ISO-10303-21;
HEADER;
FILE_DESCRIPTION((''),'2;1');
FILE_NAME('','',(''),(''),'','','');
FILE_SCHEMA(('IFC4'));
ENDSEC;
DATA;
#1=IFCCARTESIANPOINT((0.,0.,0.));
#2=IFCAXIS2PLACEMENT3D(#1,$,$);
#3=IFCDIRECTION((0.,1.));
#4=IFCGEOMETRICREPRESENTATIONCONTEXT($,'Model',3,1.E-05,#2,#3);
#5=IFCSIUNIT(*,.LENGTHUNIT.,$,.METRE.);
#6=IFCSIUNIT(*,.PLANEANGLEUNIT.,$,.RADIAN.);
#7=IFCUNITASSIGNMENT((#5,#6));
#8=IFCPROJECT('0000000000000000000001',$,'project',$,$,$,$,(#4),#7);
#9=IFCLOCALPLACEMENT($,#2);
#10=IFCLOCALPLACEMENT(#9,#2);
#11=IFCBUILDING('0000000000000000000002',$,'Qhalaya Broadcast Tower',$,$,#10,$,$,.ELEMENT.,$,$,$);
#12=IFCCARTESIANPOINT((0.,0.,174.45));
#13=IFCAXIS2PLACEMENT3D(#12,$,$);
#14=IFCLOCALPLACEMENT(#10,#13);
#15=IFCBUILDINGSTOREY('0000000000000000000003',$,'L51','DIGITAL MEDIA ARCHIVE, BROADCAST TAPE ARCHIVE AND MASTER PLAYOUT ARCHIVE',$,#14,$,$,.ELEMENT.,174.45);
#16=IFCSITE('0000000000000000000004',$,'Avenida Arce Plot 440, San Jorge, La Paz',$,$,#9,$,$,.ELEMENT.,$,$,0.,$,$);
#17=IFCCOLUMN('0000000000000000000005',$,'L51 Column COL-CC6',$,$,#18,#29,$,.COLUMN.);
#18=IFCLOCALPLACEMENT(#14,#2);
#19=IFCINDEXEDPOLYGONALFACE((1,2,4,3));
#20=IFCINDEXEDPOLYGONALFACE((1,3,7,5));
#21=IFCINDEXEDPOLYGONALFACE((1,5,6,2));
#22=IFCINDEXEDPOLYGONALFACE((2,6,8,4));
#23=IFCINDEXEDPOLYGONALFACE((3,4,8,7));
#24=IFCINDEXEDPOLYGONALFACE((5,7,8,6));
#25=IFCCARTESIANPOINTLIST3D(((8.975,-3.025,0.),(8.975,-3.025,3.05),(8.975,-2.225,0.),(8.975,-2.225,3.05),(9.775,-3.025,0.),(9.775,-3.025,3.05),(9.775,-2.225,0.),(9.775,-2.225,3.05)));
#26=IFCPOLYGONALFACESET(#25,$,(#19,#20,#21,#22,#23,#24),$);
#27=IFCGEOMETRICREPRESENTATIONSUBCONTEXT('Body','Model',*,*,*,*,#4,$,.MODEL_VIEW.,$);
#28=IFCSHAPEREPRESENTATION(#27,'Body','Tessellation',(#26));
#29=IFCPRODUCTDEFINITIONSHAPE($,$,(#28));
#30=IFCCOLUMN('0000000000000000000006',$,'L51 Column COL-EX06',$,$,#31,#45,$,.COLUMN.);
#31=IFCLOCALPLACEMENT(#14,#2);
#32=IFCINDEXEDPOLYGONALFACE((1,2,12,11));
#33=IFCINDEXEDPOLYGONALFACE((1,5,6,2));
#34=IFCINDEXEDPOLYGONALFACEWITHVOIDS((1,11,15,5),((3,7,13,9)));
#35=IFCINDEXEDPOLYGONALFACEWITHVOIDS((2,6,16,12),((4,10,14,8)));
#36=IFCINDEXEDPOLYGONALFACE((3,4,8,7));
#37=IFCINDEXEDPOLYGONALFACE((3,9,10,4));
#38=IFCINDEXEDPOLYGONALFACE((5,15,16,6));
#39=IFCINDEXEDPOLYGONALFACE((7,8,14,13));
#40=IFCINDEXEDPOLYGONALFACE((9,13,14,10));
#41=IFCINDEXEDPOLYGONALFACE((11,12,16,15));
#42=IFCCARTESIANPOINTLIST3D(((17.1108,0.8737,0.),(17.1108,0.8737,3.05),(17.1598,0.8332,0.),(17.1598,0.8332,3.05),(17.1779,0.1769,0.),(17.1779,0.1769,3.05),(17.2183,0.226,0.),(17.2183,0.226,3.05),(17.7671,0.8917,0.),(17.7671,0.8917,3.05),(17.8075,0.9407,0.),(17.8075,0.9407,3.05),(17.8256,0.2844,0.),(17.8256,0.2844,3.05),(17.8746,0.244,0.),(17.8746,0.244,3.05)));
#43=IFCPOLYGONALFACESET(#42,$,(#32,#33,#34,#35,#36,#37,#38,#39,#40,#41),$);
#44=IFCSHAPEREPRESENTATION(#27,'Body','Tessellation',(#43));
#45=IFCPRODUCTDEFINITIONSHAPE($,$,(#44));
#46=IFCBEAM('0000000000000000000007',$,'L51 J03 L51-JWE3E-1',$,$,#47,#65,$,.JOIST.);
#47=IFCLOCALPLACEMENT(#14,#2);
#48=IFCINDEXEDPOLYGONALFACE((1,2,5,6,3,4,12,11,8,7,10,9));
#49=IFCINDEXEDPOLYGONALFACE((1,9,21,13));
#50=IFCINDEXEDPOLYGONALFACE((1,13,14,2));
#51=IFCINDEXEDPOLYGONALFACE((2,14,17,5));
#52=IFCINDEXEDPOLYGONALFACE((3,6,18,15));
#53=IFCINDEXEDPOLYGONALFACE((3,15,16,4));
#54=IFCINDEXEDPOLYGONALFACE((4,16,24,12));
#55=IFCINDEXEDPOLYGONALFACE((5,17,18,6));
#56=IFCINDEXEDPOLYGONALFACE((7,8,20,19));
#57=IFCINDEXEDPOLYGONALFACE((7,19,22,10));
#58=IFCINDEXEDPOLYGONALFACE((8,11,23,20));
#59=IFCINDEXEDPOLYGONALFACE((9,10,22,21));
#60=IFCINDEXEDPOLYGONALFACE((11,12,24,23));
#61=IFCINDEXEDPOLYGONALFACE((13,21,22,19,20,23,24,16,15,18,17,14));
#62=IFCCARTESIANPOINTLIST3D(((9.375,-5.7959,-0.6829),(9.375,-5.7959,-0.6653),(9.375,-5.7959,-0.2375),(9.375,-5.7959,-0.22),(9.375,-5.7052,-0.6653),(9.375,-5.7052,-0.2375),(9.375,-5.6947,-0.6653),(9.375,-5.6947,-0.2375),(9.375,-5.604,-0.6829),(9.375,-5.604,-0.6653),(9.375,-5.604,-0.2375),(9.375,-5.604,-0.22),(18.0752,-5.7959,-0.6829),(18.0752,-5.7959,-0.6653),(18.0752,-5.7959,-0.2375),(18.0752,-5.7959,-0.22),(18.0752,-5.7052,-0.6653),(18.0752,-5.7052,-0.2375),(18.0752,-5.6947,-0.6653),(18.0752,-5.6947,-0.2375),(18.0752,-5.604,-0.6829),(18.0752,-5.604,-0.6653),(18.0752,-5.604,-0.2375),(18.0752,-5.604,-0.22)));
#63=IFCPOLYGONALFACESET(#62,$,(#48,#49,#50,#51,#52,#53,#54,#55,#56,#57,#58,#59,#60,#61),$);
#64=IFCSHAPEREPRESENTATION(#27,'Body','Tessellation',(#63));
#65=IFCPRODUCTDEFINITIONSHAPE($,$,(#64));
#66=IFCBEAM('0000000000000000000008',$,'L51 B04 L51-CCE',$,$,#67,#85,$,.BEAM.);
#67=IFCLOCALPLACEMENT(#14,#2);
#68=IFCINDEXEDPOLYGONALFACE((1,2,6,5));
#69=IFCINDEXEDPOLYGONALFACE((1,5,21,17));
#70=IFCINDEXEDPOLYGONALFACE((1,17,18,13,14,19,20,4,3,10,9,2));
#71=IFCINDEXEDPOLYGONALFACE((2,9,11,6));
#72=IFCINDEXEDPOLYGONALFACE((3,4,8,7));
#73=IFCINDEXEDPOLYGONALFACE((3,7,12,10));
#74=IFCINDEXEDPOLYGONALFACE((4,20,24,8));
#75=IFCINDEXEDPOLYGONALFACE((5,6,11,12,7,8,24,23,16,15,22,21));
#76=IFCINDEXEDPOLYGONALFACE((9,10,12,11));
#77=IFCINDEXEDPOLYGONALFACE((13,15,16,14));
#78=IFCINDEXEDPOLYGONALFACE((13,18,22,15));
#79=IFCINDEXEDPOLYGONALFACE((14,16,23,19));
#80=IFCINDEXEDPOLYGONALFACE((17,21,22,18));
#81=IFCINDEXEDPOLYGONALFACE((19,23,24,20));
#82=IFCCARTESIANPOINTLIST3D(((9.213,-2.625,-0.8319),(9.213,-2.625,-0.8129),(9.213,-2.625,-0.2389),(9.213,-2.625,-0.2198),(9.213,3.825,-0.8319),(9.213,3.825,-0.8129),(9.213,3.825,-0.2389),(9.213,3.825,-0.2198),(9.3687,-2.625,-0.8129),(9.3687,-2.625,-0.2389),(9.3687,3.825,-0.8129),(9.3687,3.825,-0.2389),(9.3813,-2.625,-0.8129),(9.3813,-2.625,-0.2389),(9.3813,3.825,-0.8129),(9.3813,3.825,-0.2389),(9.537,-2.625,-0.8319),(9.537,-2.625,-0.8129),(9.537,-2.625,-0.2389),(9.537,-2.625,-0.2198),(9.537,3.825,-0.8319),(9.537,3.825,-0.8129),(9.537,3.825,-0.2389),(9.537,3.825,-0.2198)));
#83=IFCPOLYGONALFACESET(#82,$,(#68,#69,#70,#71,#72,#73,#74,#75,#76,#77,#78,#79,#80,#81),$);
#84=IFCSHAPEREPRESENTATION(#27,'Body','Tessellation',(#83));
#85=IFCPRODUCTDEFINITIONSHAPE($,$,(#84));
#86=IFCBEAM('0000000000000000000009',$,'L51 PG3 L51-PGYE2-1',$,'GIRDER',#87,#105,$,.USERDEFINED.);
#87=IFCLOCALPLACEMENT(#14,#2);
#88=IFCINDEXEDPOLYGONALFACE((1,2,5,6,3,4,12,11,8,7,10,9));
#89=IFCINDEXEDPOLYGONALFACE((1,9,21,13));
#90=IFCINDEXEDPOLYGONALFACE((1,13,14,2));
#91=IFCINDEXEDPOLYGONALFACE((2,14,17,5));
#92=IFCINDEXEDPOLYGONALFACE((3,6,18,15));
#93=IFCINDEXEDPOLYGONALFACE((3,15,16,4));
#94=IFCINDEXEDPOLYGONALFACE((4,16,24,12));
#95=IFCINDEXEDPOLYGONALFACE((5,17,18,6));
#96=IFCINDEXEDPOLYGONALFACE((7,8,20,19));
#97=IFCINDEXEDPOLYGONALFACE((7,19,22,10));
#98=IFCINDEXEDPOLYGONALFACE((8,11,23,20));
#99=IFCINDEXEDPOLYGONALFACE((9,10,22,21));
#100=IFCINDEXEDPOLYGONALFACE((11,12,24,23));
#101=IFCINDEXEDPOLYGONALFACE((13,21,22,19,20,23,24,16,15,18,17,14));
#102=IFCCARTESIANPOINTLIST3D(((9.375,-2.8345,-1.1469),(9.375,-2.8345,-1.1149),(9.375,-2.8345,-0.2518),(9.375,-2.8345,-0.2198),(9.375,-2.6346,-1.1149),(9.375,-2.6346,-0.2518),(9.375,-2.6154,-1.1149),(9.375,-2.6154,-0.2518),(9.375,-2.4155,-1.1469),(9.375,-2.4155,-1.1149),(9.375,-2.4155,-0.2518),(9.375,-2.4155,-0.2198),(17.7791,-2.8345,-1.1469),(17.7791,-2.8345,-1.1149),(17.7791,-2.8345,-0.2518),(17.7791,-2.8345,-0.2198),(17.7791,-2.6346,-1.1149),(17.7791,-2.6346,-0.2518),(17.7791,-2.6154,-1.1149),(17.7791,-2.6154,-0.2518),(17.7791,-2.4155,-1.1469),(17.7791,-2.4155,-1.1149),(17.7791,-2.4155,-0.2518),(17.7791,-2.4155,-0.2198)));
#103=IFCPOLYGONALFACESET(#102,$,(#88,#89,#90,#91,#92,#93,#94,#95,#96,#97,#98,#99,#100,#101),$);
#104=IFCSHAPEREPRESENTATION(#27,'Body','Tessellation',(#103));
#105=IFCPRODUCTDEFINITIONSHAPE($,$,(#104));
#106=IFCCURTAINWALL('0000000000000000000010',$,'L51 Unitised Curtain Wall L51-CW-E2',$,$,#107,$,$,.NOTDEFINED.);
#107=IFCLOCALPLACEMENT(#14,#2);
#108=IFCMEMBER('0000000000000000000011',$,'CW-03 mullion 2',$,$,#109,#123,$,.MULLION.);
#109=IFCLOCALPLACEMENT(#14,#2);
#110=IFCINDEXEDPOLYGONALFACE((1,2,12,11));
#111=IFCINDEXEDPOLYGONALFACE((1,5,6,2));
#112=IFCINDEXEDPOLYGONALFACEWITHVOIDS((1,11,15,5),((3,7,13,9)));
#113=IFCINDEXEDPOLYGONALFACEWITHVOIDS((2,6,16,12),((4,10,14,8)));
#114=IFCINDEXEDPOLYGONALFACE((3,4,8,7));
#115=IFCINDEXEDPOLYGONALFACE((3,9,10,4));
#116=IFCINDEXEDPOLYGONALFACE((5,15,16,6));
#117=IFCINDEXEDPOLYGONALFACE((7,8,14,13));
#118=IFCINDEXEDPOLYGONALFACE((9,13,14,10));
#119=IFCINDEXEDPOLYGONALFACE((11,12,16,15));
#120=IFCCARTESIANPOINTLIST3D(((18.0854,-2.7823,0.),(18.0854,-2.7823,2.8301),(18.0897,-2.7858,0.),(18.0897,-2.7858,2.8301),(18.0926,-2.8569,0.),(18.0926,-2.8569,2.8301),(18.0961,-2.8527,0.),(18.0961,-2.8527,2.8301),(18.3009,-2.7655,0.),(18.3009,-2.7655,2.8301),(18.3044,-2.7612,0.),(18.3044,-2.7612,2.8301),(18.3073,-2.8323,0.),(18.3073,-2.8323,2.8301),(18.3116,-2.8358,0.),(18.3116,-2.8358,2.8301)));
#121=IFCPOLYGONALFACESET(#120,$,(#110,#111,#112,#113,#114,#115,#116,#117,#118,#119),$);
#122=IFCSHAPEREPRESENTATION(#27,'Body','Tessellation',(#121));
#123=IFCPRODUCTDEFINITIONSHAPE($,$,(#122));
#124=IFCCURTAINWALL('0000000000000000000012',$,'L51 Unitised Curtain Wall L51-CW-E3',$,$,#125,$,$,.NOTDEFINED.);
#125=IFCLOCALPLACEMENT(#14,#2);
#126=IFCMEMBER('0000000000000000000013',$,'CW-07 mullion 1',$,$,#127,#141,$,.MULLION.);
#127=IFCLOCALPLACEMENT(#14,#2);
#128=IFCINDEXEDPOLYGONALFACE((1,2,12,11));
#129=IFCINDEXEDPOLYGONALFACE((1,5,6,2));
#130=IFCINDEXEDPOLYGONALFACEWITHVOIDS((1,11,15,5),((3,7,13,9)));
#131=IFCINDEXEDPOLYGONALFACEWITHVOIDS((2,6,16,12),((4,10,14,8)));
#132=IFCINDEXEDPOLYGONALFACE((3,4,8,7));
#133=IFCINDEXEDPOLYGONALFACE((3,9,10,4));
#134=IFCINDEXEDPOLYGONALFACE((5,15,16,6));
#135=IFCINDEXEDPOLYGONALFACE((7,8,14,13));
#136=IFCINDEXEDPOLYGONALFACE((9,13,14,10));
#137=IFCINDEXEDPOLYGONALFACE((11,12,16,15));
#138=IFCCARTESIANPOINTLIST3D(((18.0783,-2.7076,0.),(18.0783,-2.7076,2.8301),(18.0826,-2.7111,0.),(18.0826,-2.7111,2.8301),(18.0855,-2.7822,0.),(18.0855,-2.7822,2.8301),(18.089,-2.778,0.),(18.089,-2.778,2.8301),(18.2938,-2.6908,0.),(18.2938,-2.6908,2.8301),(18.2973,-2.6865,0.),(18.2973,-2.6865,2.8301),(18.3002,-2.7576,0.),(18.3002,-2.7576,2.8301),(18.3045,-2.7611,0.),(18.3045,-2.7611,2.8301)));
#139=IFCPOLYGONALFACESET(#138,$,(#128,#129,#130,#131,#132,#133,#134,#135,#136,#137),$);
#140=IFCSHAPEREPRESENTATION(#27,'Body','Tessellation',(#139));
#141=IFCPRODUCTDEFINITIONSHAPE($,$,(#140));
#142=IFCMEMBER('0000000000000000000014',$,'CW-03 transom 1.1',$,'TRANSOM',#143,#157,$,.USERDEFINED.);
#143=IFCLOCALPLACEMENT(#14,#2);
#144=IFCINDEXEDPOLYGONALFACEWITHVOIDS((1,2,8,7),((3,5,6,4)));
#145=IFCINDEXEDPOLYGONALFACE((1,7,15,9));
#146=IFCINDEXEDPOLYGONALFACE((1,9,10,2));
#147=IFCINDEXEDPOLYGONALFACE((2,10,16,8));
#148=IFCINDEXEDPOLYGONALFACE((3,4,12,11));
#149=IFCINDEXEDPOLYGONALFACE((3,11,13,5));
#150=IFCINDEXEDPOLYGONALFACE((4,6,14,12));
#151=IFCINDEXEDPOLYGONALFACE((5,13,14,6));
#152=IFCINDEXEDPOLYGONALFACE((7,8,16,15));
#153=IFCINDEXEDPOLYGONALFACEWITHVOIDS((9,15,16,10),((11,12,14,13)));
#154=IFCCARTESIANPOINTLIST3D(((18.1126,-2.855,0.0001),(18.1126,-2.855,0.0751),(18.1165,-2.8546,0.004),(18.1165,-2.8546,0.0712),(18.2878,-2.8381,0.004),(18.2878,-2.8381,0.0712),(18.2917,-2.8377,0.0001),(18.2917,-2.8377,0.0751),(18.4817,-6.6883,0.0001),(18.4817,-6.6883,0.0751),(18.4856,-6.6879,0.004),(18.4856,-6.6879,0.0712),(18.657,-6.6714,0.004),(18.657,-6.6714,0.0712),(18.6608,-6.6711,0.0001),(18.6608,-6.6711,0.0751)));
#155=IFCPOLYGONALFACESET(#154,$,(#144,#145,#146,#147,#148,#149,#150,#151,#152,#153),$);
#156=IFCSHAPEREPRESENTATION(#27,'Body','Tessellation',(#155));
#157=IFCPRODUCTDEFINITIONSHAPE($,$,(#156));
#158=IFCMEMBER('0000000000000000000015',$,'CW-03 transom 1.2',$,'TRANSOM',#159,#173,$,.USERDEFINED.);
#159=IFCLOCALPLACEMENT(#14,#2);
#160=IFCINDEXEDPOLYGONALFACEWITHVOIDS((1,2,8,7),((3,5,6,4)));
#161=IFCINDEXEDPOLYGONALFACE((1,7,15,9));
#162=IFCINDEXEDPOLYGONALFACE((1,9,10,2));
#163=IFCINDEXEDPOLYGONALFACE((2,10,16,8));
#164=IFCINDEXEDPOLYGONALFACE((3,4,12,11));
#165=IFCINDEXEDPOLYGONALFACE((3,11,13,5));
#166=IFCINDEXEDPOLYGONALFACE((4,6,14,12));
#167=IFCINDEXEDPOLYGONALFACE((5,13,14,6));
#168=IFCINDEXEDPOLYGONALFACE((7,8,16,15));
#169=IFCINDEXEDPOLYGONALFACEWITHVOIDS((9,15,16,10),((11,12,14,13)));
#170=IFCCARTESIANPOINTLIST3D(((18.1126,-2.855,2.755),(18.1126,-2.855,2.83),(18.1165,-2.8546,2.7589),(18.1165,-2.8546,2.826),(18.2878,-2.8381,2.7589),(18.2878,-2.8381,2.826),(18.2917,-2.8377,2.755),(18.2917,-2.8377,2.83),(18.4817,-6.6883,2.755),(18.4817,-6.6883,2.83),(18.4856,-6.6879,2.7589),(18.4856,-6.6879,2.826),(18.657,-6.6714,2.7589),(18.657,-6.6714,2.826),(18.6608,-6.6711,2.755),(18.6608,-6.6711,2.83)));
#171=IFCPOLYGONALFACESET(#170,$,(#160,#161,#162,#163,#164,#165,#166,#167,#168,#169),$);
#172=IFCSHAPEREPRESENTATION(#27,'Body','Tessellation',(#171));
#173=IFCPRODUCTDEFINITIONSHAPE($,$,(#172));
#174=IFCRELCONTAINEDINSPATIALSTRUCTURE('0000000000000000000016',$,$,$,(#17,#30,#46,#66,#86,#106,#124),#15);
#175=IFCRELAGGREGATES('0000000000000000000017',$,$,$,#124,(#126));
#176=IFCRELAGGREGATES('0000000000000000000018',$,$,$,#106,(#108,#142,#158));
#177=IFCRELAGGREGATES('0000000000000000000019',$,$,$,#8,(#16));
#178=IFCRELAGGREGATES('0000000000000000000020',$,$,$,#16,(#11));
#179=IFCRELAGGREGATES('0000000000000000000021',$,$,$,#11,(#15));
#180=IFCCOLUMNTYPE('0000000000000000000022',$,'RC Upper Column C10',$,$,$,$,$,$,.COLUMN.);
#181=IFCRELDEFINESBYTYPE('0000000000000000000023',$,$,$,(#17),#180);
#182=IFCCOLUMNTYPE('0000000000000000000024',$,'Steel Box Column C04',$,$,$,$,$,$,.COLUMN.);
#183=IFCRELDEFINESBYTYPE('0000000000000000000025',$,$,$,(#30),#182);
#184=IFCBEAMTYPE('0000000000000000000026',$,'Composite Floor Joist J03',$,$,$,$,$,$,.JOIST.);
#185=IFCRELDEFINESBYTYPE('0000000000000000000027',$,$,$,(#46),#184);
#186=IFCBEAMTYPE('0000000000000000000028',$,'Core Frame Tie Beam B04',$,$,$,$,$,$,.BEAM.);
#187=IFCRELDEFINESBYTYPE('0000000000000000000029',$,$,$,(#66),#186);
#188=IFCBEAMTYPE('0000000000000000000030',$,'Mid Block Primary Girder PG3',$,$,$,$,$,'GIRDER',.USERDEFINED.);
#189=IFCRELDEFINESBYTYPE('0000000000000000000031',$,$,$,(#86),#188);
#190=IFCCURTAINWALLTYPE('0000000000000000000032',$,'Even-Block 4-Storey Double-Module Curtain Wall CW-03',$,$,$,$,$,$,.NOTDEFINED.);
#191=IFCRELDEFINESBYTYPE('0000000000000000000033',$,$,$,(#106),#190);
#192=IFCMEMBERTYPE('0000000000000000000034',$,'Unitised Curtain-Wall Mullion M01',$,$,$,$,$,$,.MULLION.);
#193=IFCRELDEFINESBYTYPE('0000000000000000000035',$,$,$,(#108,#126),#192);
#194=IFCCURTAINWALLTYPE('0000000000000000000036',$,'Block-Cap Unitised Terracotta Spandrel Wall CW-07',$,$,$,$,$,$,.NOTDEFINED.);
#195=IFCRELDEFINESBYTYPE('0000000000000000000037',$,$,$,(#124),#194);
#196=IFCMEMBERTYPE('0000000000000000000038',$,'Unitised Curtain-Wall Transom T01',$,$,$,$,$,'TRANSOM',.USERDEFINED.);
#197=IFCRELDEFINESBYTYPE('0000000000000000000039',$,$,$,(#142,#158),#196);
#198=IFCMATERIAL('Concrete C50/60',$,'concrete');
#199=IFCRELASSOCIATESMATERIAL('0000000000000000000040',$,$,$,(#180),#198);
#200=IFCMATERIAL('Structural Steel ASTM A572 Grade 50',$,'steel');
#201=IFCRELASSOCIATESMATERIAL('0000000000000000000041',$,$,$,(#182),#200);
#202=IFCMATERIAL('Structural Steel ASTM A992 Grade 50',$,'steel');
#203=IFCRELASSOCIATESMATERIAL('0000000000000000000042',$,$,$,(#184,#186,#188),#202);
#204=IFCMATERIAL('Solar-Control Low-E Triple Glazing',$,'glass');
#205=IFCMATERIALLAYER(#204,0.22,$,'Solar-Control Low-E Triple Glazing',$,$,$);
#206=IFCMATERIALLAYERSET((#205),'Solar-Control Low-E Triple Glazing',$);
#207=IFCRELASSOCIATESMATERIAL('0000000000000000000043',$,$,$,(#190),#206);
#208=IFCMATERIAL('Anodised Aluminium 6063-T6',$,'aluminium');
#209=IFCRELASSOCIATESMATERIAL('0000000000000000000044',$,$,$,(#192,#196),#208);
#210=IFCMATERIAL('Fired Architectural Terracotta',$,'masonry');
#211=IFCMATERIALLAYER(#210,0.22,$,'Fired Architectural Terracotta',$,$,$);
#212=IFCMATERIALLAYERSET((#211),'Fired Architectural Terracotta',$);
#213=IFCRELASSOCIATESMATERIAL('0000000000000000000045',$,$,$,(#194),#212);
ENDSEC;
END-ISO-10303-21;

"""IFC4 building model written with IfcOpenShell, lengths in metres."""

from ifc_helpers import new_model, si_unit, direction, frame, origin, origin_2d, place, context, subcontext, project, spatial, rectangle, hollow_rectangle, i_section, extrude, material, layer, layer_set, material_profile, profile_set, type_object, element, aggregate, save


model = new_model("IFC4")

# Units and contexts
model_context = context("Model", 3, precision=1e-05, world=origin(), true_north=direction((0.0, 1.0)))
body_context = subcontext(model_context, "Body", "Model", "MODEL_VIEW")
ifc_project = project(units=[si_unit("LENGTHUNIT", "METRE"), si_unit("PLANEANGLEUNIT", "RADIAN")], contexts=[model_context])

# Site, building, storey
site_placement = place(None, origin())
site = spatial("IfcSite", under=ifc_project, at=site_placement, Name="Avenida Arce Plot 440, San Jorge, La Paz", CompositionType="ELEMENT", RefElevation=0.0)
building_placement = place(site_placement, origin())
building = spatial("IfcBuilding", under=site, at=building_placement, Name="Qhalaya Broadcast Tower", CompositionType="ELEMENT")
storey_placement = place(building_placement, frame((0.0, 0.0, 174.45)))
storey = spatial("IfcBuildingStorey", under=building, at=storey_placement, Name="L51", Description="DIGITAL MEDIA ARCHIVE, BROADCAST TAPE ARCHIVE AND MASTER PLAYOUT ARCHIVE", CompositionType="ELEMENT", Elevation=174.45)

# Columns
ifc_material_1 = material(Name="Concrete C50/60", Category="concrete")
ifc_material_profile_1 = material_profile(ifc_material_1, rectangle(XDim=0.8, YDim=0.8, at=origin_2d()), Name="RC-COL 800x800")
ifc_profile_set_1 = profile_set([ifc_material_profile_1], Name="Concrete C50/60")
column_type_1 = type_object("IfcColumnType", Name="RC Upper Column C10", PredefinedType="COLUMN", material=ifc_profile_set_1)
column_1_placement = place(storey_placement, frame((9.375, -2.625, 0.0), z_axis=(0.0, 0.0, 1.0), x_axis=(1.0, 0.0, 0.0)))
element("IfcColumn", 1, at=column_1_placement, inside=storey, type_object=column_type_1, Name="L51 Column COL-CC6", PredefinedType="COLUMN", context=body_context, shape_type="SweptSolid", body=[
    extrude(rectangle(XDim=0.8, YDim=0.8, at=origin_2d()), origin(), (0.0, 0.0, 1.0), 3.05),
])
ifc_material_2 = material(Name="Structural Steel ASTM A572 Grade 50", Category="steel")
ifc_material_profile_2 = material_profile(ifc_material_2, hollow_rectangle(XDim=0.7, YDim=0.7, WallThickness=0.0449, at=origin_2d()), Name="BOX 700x700x45")
ifc_profile_set_2 = profile_set([ifc_material_profile_2], Name="Structural Steel ASTM A572 Grade 50")
column_type_2 = type_object("IfcColumnType", Name="Steel Box Column C04", PredefinedType="COLUMN", material=ifc_profile_set_2)
column_2_placement = place(storey_placement, frame((17.4927, 0.5588, 0.0), z_axis=(0.0, 0.0, 1.0), x_axis=(-0.095846, 0.995396, 0.0)))
element("IfcColumn", 2, at=column_2_placement, inside=storey, type_object=column_type_2, Name="L51 Column COL-EX06", PredefinedType="COLUMN", context=body_context, shape_type="SweptSolid", body=[
    extrude(hollow_rectangle(XDim=0.7, YDim=0.7, WallThickness=0.0449, at=origin_2d()), origin(), (0.0, 0.0, 1.0), 3.05),
])

# Beams
ifc_material_3 = material(Name="Structural Steel ASTM A992 Grade 50", Category="steel")
ifc_material_profile_3 = material_profile(ifc_material_3, i_section(OverallWidth=0.1919, OverallDepth=0.4629, WebThickness=0.0105, FlangeThickness=0.0176, at=origin_2d()), Name="W18X60")
ifc_profile_set_3 = profile_set([ifc_material_profile_3], Name="Structural Steel ASTM A992 Grade 50")
beam_type_1 = type_object("IfcBeamType", Name="Composite Floor Joist J03", PredefinedType="JOIST", material=ifc_profile_set_3)
beam_1_placement = place(storey_placement, frame((9.375, -5.7, -0.4514), z_axis=(1.0, 0.0, 0.0), x_axis=(0.0, 1.0, 0.0)))
element("IfcBeam", 3, at=beam_1_placement, inside=storey, type_object=beam_type_1, Name="L51 J03 L51-JWE3E-1", PredefinedType="JOIST", context=body_context, shape_type="SweptSolid", body=[
    extrude(i_section(OverallWidth=0.1919, OverallDepth=0.4629, WebThickness=0.0105, FlangeThickness=0.0176, at=origin_2d()), origin(), (0.0, 0.0, 1.0), 8.7002),
])
ifc_material_profile_4 = material_profile(ifc_material_3, i_section(OverallWidth=0.324, OverallDepth=0.6121, WebThickness=0.0127, FlangeThickness=0.019, at=origin_2d()), Name="W24X104")
ifc_profile_set_4 = profile_set([ifc_material_profile_4], Name="Structural Steel ASTM A992 Grade 50")
beam_type_2 = type_object("IfcBeamType", Name="Core Frame Tie Beam B04", PredefinedType="BEAM", material=ifc_profile_set_4)
beam_2_placement = place(storey_placement, frame((9.375, -2.625, -0.5259), z_axis=(0.0, 1.0, 0.0), x_axis=(-1.0, 0.0, 0.0)))
element("IfcBeam", 4, at=beam_2_placement, inside=storey, type_object=beam_type_2, Name="L51 B04 L51-CCE", PredefinedType="BEAM", context=body_context, shape_type="SweptSolid", body=[
    extrude(i_section(OverallWidth=0.324, OverallDepth=0.6121, WebThickness=0.0127, FlangeThickness=0.019, at=origin_2d()), origin(), (0.0, 0.0, 1.0), 6.45),
])
ifc_material_profile_5 = material_profile(ifc_material_3, i_section(OverallWidth=0.4189, OverallDepth=0.927, WebThickness=0.0193, FlangeThickness=0.032, at=origin_2d()), Name="W36X231")
ifc_profile_set_5 = profile_set([ifc_material_profile_5], Name="Structural Steel ASTM A992 Grade 50")
beam_type_3 = type_object("IfcBeamType", Name="Mid Block Primary Girder PG3", ElementType="GIRDER", PredefinedType="USERDEFINED", material=ifc_profile_set_5)
beam_3_placement = place(storey_placement, frame((9.375, -2.625, -0.6833), z_axis=(1.0, 0.0, 0.0), x_axis=(0.0, 1.0, 0.0)))
element("IfcBeam", 5, at=beam_3_placement, inside=storey, type_object=beam_type_3, Name="L51 PG3 L51-PGYE2-1", ObjectType="GIRDER", PredefinedType="USERDEFINED", context=body_context, shape_type="SweptSolid", body=[
    extrude(i_section(OverallWidth=0.4189, OverallDepth=0.927, WebThickness=0.0193, FlangeThickness=0.032, at=origin_2d()), origin(), (0.0, 0.0, 1.0), 8.4041),
])

# Curtain walls, members
ifc_material_4 = material(Name="Solar-Control Low-E Triple Glazing", Category="glass")
ifc_layer_1 = layer(ifc_material_4, 0.22, Name="Solar-Control Low-E Triple Glazing")
ifc_layer_set_1 = layer_set([ifc_layer_1], Name="Solar-Control Low-E Triple Glazing")
curtain_wall_type_1 = type_object("IfcCurtainWallType", Name="Even-Block 4-Storey Double-Module Curtain Wall CW-03", PredefinedType="NOTDEFINED", material=ifc_layer_set_1)
curtain_wall_1_placement = place(storey_placement, origin())
curtain_wall_1 = element("IfcCurtainWall", 6, at=curtain_wall_1_placement, inside=storey, type_object=curtain_wall_type_1, Name="L51 Unitised Curtain Wall L51-CW-E2", PredefinedType="NOTDEFINED")
ifc_material_5 = material(Name="Anodised Aluminium 6063-T6", Category="aluminium")
ifc_material_profile_6 = material_profile(ifc_material_5, hollow_rectangle(XDim=0.075, YDim=0.22, WallThickness=0.0039, at=origin_2d()), Name="ALU-MUL 75x220x4")
ifc_profile_set_6 = profile_set([ifc_material_profile_6], Name="Anodised Aluminium 6063-T6")
member_type_1 = type_object("IfcMemberType", Name="Unitised Curtain-Wall Mullion M01", PredefinedType="MULLION", material=ifc_profile_set_6)
member_1_placement = place(storey_placement, frame((18.1985, -2.8091, 0.0), z_axis=(0.0, 0.0, 1.0), x_axis=(-0.095851, 0.995396, 0.0)))
member_1 = element("IfcMember", 7, at=member_1_placement, type_object=member_type_1, Name="CW-03 mullion 2", PredefinedType="MULLION", context=body_context, shape_type="SweptSolid", body=[
    extrude(hollow_rectangle(XDim=0.075, YDim=0.22, WallThickness=0.0039, at=origin_2d()), origin(), (0.0, 0.0, 1.0), 2.8301),
])
ifc_material_6 = material(Name="Fired Architectural Terracotta", Category="masonry")
ifc_layer_2 = layer(ifc_material_6, 0.22, Name="Fired Architectural Terracotta")
ifc_layer_set_2 = layer_set([ifc_layer_2], Name="Fired Architectural Terracotta")
curtain_wall_type_2 = type_object("IfcCurtainWallType", Name="Block-Cap Unitised Terracotta Spandrel Wall CW-07", PredefinedType="NOTDEFINED", material=ifc_layer_set_2)
curtain_wall_2_placement = place(storey_placement, origin())
curtain_wall_2 = element("IfcCurtainWall", 8, at=curtain_wall_2_placement, inside=storey, type_object=curtain_wall_type_2, Name="L51 Unitised Curtain Wall L51-CW-E3", PredefinedType="NOTDEFINED")
member_2_placement = place(storey_placement, frame((18.1914, -2.7344, 0.0), z_axis=(0.0, 0.0, 1.0), x_axis=(-0.095837, 0.995397, 0.0)))
member_2 = element("IfcMember", 9, at=member_2_placement, type_object=member_type_1, Name="CW-07 mullion 1", PredefinedType="MULLION", context=body_context, shape_type="SweptSolid", body=[
    extrude(hollow_rectangle(XDim=0.075, YDim=0.22, WallThickness=0.0039, at=origin_2d()), origin(), (0.0, 0.0, 1.0), 2.8301),
])

# Members
ifc_material_profile_7 = material_profile(ifc_material_5, hollow_rectangle(XDim=0.075, YDim=0.1799, WallThickness=0.0039, at=origin_2d()), Name="ALU-TRN 75x180x4")
ifc_profile_set_7 = profile_set([ifc_material_profile_7], Name="Anodised Aluminium 6063-T6")
member_type_2 = type_object("IfcMemberType", Name="Unitised Curtain-Wall Transom T01", ElementType="TRANSOM", PredefinedType="USERDEFINED", material=ifc_profile_set_7)
member_3_placement = place(storey_placement, frame((18.5713, -6.6797, 0.0376), z_axis=(-0.095856, 0.995395, 0.0), x_axis=(0.0, 0.0, 1.0)))
member_3 = element("IfcMember", 10, at=member_3_placement, type_object=member_type_2, Name="CW-03 transom 1.1", ObjectType="TRANSOM", PredefinedType="USERDEFINED", context=body_context, shape_type="SweptSolid", body=[
    extrude(hollow_rectangle(XDim=0.075, YDim=0.1799, WallThickness=0.0039, at=origin_2d()), origin(), (0.0, 0.0, 1.0), 3.8511),
])
member_4_placement = place(storey_placement, frame((18.5713, -6.6797, 2.7925), z_axis=(-0.095856, 0.995395, 0.0), x_axis=(0.0, 0.0, 1.0)))
member_4 = element("IfcMember", 11, at=member_4_placement, type_object=member_type_2, Name="CW-03 transom 1.2", ObjectType="TRANSOM", PredefinedType="USERDEFINED", context=body_context, shape_type="SweptSolid", body=[
    extrude(hollow_rectangle(XDim=0.075, YDim=0.1799, WallThickness=0.0039, at=origin_2d()), origin(), (0.0, 0.0, 1.0), 3.8511),
])

aggregate(curtain_wall_2, [member_2])
aggregate(curtain_wall_1, [member_1, member_3, member_4])

save(model, "model.ifc")
